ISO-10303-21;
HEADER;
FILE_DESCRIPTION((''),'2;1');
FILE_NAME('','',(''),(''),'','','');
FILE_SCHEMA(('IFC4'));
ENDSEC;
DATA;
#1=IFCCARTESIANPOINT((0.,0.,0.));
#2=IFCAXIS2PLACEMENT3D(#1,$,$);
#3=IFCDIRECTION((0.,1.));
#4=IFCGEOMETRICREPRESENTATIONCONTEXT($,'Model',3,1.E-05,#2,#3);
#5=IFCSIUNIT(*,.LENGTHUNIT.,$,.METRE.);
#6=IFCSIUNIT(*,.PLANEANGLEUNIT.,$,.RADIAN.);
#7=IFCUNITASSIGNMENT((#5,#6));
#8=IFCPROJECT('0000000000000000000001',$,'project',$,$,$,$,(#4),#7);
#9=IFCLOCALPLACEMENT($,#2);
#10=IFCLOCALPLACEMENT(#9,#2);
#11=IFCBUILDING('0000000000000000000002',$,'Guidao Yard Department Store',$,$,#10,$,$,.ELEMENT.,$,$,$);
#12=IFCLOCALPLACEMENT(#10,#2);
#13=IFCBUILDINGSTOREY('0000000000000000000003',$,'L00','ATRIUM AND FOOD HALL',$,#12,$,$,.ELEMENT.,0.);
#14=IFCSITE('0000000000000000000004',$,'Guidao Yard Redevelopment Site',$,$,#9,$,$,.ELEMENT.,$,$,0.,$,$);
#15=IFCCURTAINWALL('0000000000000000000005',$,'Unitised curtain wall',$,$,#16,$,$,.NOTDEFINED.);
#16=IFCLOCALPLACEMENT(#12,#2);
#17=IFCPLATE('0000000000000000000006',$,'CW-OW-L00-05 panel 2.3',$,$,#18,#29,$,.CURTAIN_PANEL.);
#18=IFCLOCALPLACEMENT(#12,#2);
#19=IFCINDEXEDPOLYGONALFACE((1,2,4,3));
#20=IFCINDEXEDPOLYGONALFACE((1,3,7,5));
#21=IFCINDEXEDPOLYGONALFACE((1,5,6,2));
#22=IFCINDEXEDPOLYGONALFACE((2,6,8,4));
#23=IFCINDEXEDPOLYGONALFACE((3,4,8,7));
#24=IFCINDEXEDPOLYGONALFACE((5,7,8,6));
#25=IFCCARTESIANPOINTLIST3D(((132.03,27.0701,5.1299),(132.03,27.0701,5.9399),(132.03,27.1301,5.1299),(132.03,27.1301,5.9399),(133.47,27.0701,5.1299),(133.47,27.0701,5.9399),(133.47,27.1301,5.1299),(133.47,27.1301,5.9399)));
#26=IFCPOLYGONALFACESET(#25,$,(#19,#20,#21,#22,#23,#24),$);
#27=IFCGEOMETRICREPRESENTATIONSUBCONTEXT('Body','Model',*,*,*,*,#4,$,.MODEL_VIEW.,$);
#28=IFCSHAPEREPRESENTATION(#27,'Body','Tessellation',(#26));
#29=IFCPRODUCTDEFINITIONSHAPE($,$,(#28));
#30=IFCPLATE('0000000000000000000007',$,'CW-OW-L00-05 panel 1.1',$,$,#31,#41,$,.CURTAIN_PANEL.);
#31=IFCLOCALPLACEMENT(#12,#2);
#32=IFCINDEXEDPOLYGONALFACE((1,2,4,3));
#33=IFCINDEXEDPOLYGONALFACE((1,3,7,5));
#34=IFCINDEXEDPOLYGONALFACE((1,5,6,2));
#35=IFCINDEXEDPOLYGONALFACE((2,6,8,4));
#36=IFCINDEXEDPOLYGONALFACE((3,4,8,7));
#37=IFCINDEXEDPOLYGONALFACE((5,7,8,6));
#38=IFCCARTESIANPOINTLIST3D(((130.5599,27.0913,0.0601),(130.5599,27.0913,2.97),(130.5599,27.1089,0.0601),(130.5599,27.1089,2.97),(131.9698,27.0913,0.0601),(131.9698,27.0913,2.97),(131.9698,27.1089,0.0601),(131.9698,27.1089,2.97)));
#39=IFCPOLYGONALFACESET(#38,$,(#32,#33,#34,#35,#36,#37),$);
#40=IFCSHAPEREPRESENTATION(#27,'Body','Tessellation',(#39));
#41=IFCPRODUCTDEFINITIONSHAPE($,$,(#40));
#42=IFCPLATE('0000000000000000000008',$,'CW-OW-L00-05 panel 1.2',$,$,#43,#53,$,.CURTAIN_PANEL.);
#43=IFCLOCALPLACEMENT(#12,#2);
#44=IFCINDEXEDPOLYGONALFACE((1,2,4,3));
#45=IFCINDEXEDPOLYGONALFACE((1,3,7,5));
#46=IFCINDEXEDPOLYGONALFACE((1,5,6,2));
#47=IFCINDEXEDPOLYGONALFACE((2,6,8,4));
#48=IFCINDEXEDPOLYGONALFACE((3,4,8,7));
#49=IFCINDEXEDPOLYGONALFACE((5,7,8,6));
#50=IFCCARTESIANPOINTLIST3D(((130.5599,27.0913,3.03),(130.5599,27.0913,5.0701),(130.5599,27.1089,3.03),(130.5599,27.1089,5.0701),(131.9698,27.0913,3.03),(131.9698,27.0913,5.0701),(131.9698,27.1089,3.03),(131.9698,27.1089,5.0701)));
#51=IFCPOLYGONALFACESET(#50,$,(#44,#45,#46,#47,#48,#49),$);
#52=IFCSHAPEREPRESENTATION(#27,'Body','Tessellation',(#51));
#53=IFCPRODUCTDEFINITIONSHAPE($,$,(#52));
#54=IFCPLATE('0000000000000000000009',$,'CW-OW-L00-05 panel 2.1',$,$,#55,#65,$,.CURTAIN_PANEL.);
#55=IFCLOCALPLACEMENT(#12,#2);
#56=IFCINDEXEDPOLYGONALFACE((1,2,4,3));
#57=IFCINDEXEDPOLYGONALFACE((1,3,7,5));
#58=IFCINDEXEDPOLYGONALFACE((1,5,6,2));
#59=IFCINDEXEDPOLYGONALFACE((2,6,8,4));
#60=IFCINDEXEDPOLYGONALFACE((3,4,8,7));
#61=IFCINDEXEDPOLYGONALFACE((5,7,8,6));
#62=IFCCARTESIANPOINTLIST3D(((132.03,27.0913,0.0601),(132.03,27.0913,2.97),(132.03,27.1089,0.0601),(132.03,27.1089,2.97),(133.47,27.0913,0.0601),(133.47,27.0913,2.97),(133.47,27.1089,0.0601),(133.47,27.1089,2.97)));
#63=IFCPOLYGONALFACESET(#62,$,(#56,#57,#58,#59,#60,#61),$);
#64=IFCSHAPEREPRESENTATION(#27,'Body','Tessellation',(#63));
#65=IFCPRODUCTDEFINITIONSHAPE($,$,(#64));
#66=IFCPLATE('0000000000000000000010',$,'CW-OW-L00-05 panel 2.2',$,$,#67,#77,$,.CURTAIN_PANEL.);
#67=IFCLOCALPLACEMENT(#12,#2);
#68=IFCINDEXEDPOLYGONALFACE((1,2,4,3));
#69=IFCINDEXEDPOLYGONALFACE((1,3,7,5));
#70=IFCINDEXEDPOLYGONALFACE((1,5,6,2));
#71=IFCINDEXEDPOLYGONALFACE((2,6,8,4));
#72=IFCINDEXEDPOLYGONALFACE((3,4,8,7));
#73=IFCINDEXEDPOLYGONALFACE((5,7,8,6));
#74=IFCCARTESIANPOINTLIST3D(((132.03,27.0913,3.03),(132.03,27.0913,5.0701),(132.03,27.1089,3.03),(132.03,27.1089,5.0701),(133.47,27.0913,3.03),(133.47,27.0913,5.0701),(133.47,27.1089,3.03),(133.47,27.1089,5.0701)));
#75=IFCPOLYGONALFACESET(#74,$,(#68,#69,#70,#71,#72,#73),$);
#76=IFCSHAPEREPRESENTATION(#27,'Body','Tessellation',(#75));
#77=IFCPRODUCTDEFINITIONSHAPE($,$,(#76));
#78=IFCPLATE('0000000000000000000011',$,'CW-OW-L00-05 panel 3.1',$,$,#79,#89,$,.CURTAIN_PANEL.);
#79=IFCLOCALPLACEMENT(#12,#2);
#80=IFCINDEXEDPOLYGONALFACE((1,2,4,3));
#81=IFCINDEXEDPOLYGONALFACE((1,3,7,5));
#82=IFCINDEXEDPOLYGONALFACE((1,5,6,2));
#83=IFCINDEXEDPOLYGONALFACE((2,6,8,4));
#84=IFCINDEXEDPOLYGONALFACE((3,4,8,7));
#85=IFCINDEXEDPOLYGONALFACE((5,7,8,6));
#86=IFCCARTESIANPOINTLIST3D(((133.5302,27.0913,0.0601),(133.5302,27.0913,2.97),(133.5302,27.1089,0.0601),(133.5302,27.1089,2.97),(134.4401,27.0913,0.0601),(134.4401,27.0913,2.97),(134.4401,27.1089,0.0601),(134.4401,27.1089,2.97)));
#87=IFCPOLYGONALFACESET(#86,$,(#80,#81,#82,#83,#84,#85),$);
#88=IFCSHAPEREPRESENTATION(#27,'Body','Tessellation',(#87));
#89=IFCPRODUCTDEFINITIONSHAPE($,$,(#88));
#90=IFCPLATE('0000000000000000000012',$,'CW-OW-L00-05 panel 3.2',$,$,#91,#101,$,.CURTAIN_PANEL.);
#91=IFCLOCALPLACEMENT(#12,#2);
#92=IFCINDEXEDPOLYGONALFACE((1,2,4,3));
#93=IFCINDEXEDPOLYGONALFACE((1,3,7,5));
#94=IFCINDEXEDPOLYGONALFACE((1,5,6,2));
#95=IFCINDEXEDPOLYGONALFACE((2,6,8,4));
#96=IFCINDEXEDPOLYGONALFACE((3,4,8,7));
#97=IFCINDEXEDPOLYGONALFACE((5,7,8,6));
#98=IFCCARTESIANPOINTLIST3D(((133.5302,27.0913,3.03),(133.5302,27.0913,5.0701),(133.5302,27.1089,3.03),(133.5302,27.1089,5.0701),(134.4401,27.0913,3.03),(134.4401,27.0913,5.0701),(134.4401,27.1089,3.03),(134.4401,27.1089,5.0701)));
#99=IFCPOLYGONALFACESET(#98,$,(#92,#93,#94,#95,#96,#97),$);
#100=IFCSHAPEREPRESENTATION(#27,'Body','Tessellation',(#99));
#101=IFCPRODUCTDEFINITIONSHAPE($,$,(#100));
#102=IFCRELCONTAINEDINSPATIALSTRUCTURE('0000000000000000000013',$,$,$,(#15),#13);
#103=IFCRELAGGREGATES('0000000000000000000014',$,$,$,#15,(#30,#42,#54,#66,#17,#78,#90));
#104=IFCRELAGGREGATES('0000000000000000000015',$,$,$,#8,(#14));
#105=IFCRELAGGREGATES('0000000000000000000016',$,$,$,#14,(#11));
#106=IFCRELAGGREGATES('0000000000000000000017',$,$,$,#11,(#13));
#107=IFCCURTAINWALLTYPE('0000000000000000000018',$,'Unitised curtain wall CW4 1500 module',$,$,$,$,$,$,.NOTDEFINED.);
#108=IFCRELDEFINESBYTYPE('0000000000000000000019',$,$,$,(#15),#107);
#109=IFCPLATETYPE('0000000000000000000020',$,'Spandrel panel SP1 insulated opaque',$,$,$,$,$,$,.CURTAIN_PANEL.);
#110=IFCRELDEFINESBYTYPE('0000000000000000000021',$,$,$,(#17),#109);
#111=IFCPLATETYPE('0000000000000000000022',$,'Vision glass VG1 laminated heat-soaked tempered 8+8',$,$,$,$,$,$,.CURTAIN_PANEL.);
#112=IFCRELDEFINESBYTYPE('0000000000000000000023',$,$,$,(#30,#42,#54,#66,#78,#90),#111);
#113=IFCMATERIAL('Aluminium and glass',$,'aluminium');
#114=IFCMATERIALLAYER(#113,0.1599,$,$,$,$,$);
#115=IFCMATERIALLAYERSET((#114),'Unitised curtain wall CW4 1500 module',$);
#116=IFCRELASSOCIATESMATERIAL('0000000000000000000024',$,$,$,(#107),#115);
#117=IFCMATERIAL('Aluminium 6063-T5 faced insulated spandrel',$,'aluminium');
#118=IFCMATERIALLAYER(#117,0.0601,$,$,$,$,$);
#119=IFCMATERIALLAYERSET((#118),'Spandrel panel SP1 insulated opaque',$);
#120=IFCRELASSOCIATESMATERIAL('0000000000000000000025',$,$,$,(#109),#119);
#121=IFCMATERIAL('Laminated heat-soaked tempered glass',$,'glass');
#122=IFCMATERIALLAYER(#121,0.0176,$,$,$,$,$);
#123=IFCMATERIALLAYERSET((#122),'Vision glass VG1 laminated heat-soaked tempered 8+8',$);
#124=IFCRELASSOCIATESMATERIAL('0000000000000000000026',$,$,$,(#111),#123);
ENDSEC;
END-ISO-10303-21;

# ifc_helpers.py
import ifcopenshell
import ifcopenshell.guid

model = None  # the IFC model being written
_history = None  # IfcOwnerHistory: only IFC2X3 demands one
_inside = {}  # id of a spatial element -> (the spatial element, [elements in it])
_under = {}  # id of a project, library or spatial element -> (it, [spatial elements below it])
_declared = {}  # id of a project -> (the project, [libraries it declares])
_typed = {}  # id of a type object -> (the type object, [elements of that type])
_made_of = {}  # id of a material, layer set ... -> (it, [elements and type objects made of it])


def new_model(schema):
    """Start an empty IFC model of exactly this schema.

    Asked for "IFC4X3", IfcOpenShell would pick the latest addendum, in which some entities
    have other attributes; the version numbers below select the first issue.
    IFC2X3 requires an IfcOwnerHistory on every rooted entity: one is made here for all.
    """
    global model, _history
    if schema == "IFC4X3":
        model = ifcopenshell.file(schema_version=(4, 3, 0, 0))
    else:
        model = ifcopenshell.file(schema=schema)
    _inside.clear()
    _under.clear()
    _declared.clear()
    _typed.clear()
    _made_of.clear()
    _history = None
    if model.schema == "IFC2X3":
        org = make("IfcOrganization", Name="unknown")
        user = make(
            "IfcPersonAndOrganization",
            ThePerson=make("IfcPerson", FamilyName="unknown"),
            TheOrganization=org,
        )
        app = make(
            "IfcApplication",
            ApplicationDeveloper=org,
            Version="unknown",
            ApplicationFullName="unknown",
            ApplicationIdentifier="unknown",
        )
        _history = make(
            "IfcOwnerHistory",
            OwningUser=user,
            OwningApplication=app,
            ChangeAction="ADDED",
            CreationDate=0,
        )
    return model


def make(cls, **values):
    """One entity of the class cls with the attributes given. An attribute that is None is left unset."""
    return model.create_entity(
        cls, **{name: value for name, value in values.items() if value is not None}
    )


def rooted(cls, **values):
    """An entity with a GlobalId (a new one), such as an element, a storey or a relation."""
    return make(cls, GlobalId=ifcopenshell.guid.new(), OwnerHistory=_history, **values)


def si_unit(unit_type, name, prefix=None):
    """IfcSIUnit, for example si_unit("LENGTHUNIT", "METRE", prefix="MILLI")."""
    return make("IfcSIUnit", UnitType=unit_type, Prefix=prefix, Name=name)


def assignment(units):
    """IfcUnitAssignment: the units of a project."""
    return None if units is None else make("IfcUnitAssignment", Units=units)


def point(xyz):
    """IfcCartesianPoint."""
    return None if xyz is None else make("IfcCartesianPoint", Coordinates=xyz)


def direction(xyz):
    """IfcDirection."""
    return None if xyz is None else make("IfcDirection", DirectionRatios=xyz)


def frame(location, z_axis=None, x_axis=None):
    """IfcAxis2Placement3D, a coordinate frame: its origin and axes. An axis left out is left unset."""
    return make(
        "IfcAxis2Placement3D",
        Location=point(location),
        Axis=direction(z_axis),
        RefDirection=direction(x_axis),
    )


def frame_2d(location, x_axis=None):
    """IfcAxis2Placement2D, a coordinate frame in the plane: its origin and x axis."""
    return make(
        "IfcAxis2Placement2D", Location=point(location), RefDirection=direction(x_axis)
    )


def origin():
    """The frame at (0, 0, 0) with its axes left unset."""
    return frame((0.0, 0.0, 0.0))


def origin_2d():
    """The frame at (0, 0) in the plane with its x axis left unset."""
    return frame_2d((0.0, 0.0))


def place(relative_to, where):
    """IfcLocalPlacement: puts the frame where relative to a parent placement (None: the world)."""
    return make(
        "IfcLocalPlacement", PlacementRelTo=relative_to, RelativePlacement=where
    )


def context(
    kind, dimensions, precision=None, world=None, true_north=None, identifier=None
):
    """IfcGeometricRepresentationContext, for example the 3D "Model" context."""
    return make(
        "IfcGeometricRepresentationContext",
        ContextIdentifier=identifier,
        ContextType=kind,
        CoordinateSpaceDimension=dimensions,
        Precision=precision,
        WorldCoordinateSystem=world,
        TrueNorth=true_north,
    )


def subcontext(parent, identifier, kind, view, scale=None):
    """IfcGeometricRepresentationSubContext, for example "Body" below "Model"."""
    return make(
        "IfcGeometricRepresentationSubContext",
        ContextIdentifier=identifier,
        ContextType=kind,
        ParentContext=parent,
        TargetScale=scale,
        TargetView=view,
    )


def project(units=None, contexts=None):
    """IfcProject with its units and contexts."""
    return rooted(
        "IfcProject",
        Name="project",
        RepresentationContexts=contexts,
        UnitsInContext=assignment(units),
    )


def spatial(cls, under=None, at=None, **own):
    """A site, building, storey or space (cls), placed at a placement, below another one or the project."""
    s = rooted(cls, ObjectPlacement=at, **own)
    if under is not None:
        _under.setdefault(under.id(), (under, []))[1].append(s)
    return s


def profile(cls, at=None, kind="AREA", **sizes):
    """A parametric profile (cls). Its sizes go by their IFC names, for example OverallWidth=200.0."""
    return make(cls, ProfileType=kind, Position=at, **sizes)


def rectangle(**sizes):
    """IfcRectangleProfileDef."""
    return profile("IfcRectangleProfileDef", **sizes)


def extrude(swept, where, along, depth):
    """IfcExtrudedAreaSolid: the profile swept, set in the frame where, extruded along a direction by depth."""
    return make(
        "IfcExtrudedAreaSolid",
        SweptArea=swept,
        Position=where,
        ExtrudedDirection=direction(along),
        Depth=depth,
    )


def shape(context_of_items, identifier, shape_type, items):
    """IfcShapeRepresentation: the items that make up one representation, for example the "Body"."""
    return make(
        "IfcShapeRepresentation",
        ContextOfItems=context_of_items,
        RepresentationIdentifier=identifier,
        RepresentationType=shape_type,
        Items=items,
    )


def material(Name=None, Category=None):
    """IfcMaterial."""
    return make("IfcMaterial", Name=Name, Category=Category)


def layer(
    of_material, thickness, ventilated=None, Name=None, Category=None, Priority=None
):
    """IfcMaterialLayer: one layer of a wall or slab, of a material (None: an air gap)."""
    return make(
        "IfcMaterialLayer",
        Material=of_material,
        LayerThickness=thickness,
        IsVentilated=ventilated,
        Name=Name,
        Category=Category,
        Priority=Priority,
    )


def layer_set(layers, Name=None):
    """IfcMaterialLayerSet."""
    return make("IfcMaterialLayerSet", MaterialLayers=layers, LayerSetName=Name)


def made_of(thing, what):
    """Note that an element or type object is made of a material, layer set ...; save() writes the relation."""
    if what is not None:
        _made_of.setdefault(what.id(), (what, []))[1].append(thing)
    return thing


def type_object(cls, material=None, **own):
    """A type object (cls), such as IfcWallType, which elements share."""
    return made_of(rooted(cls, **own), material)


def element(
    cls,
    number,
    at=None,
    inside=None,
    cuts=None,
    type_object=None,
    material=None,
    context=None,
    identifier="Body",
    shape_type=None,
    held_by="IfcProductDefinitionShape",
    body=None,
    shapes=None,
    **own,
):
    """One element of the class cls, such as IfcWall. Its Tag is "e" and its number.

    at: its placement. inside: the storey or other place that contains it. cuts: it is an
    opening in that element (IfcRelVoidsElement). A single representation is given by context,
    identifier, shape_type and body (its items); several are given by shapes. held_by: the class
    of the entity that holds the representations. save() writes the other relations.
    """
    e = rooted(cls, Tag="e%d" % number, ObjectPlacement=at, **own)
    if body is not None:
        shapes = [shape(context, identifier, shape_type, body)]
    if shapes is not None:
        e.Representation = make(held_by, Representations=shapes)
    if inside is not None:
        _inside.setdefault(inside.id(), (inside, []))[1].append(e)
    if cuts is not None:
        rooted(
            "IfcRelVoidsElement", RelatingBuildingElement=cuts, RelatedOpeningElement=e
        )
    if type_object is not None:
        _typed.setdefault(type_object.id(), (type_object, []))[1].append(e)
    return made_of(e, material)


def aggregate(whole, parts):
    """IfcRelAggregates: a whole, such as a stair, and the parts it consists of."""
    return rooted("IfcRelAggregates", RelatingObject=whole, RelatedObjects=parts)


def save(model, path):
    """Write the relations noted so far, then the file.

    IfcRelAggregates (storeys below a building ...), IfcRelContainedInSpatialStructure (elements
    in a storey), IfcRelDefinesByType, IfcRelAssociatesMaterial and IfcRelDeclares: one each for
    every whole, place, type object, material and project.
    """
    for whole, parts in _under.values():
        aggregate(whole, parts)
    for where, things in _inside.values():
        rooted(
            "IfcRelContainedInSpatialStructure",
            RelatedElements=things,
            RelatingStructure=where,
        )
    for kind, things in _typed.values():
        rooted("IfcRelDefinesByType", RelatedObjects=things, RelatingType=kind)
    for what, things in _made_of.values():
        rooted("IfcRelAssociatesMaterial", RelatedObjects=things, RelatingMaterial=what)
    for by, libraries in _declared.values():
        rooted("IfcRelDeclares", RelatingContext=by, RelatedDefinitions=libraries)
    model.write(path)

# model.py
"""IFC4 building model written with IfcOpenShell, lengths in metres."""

from ifc_helpers import new_model, si_unit, direction, frame, origin, origin_2d, place, context, subcontext, project, spatial, rectangle, extrude, material, layer, layer_set, type_object, element, aggregate, save


model = new_model("IFC4")

# Units and contexts
model_context = context("Model", 3, precision=1e-05, world=origin(), true_north=direction((0.0, 1.0)))
body_context = subcontext(model_context, "Body", "Model", "MODEL_VIEW")
ifc_project = project(units=[si_unit("LENGTHUNIT", "METRE"), si_unit("PLANEANGLEUNIT", "RADIAN")], contexts=[model_context])

# Site, building, storey
site_placement = place(None, origin())
site = spatial("IfcSite", under=ifc_project, at=site_placement, Name="Guidao Yard Redevelopment Site", CompositionType="ELEMENT", RefElevation=0.0)
building_placement = place(site_placement, origin())
building = spatial("IfcBuilding", under=site, at=building_placement, Name="Guidao Yard Department Store", CompositionType="ELEMENT")
storey_placement = place(building_placement, origin())
storey = spatial("IfcBuildingStorey", under=building, at=storey_placement, Name="L00", Description="ATRIUM AND FOOD HALL", CompositionType="ELEMENT", Elevation=0.0)

# Curtain wall, plates
ifc_material_1 = material(Name="Aluminium and glass", Category="aluminium")
ifc_layer_1 = layer(ifc_material_1, 0.1599)
ifc_layer_set_1 = layer_set([ifc_layer_1], Name="Unitised curtain wall CW4 1500 module")
curtain_wall_type = type_object("IfcCurtainWallType", Name="Unitised curtain wall CW4 1500 module", PredefinedType="NOTDEFINED", material=ifc_layer_set_1)
curtain_wall_placement = place(storey_placement, origin())
curtain_wall = element("IfcCurtainWall", 1, at=curtain_wall_placement, inside=storey, type_object=curtain_wall_type, Name="Unitised curtain wall", PredefinedType="NOTDEFINED")
ifc_material_2 = material(Name="Aluminium 6063-T5 faced insulated spandrel", Category="aluminium")
ifc_layer_2 = layer(ifc_material_2, 0.0601)
ifc_layer_set_2 = layer_set([ifc_layer_2], Name="Spandrel panel SP1 insulated opaque")
plate_type_1 = type_object("IfcPlateType", Name="Spandrel panel SP1 insulated opaque", PredefinedType="CURTAIN_PANEL", material=ifc_layer_set_2)
plate_1_placement = place(storey_placement, frame((132.75, 27.1001, 5.1299), z_axis=(0.0, 0.0, 1.0), x_axis=(1.0, 0.0, 0.0)))
plate_1 = element("IfcPlate", 2, at=plate_1_placement, type_object=plate_type_1, Name="CW-OW-L00-05 panel 2.3", PredefinedType="CURTAIN_PANEL", context=body_context, shape_type="SweptSolid", body=[
    extrude(rectangle(XDim=1.4399, YDim=0.0601, at=origin_2d()), origin(), (0.0, 0.0, 1.0), 0.8101),
])
ifc_material_3 = material(Name="Laminated heat-soaked tempered glass", Category="glass")
ifc_layer_3 = layer(ifc_material_3, 0.0176)
ifc_layer_set_3 = layer_set([ifc_layer_3], Name="Vision glass VG1 laminated heat-soaked tempered 8+8")
plate_type_2 = type_object("IfcPlateType", Name="Vision glass VG1 laminated heat-soaked tempered 8+8", PredefinedType="CURTAIN_PANEL", material=ifc_layer_set_3)
plate_2_placement = place(storey_placement, frame((131.2649, 27.1001, 0.0601), z_axis=(0.0, 0.0, 1.0), x_axis=(1.0, 0.0, 0.0)))
plate_2 = element("IfcPlate", 3, at=plate_2_placement, type_object=plate_type_2, Name="CW-OW-L00-05 panel 1.1", PredefinedType="CURTAIN_PANEL", context=body_context, shape_type="SweptSolid", body=[
    extrude(rectangle(XDim=1.4099, YDim=0.0176, at=origin_2d()), origin(), (0.0, 0.0, 1.0), 2.9099),
])
plate_3_placement = place(storey_placement, frame((131.2649, 27.1001, 3.03), z_axis=(0.0, 0.0, 1.0), x_axis=(1.0, 0.0, 0.0)))
plate_3 = element("IfcPlate", 4, at=plate_3_placement, type_object=plate_type_2, Name="CW-OW-L00-05 panel 1.2", PredefinedType="CURTAIN_PANEL", context=body_context, shape_type="SweptSolid", body=[
    extrude(rectangle(XDim=1.4099, YDim=0.0176, at=origin_2d()), origin(), (0.0, 0.0, 1.0), 2.04),
])
plate_4_placement = place(storey_placement, frame((132.75, 27.1001, 0.0601), z_axis=(0.0, 0.0, 1.0), x_axis=(1.0, 0.0, 0.0)))
plate_4 = element("IfcPlate", 5, at=plate_4_placement, type_object=plate_type_2, Name="CW-OW-L00-05 panel 2.1", PredefinedType="CURTAIN_PANEL", context=body_context, shape_type="SweptSolid", body=[
    extrude(rectangle(XDim=1.4399, YDim=0.0176, at=origin_2d()), origin(), (0.0, 0.0, 1.0), 2.9099),
])
plate_5_placement = place(storey_placement, frame((132.75, 27.1001, 3.03), z_axis=(0.0, 0.0, 1.0), x_axis=(1.0, 0.0, 0.0)))
plate_5 = element("IfcPlate", 6, at=plate_5_placement, type_object=plate_type_2, Name="CW-OW-L00-05 panel 2.2", PredefinedType="CURTAIN_PANEL", context=body_context, shape_type="SweptSolid", body=[
    extrude(rectangle(XDim=1.4399, YDim=0.0176, at=origin_2d()), origin(), (0.0, 0.0, 1.0), 2.04),
])
plate_6_placement = place(storey_placement, frame((133.9851, 27.1001, 0.0601), z_axis=(0.0, 0.0, 1.0), x_axis=(1.0, 0.0, 0.0)))
plate_6 = element("IfcPlate", 7, at=plate_6_placement, type_object=plate_type_2, Name="CW-OW-L00-05 panel 3.1", PredefinedType="CURTAIN_PANEL", context=body_context, shape_type="SweptSolid", body=[
    extrude(rectangle(XDim=0.9099, YDim=0.0176, at=origin_2d()), origin(), (0.0, 0.0, 1.0), 2.9099),
])
plate_7_placement = place(storey_placement, frame((133.9851, 27.1001, 3.03), z_axis=(0.0, 0.0, 1.0), x_axis=(1.0, 0.0, 0.0)))
plate_7 = element("IfcPlate", 8, at=plate_7_placement, type_object=plate_type_2, Name="CW-OW-L00-05 panel 3.2", PredefinedType="CURTAIN_PANEL", context=body_context, shape_type="SweptSolid", body=[
    extrude(rectangle(XDim=0.9099, YDim=0.0176, at=origin_2d()), origin(), (0.0, 0.0, 1.0), 2.04),
])
aggregate(curtain_wall, [plate_2, plate_3, plate_4, plate_5, plate_1, plate_6, plate_7])

save(model, "model.ifc")
